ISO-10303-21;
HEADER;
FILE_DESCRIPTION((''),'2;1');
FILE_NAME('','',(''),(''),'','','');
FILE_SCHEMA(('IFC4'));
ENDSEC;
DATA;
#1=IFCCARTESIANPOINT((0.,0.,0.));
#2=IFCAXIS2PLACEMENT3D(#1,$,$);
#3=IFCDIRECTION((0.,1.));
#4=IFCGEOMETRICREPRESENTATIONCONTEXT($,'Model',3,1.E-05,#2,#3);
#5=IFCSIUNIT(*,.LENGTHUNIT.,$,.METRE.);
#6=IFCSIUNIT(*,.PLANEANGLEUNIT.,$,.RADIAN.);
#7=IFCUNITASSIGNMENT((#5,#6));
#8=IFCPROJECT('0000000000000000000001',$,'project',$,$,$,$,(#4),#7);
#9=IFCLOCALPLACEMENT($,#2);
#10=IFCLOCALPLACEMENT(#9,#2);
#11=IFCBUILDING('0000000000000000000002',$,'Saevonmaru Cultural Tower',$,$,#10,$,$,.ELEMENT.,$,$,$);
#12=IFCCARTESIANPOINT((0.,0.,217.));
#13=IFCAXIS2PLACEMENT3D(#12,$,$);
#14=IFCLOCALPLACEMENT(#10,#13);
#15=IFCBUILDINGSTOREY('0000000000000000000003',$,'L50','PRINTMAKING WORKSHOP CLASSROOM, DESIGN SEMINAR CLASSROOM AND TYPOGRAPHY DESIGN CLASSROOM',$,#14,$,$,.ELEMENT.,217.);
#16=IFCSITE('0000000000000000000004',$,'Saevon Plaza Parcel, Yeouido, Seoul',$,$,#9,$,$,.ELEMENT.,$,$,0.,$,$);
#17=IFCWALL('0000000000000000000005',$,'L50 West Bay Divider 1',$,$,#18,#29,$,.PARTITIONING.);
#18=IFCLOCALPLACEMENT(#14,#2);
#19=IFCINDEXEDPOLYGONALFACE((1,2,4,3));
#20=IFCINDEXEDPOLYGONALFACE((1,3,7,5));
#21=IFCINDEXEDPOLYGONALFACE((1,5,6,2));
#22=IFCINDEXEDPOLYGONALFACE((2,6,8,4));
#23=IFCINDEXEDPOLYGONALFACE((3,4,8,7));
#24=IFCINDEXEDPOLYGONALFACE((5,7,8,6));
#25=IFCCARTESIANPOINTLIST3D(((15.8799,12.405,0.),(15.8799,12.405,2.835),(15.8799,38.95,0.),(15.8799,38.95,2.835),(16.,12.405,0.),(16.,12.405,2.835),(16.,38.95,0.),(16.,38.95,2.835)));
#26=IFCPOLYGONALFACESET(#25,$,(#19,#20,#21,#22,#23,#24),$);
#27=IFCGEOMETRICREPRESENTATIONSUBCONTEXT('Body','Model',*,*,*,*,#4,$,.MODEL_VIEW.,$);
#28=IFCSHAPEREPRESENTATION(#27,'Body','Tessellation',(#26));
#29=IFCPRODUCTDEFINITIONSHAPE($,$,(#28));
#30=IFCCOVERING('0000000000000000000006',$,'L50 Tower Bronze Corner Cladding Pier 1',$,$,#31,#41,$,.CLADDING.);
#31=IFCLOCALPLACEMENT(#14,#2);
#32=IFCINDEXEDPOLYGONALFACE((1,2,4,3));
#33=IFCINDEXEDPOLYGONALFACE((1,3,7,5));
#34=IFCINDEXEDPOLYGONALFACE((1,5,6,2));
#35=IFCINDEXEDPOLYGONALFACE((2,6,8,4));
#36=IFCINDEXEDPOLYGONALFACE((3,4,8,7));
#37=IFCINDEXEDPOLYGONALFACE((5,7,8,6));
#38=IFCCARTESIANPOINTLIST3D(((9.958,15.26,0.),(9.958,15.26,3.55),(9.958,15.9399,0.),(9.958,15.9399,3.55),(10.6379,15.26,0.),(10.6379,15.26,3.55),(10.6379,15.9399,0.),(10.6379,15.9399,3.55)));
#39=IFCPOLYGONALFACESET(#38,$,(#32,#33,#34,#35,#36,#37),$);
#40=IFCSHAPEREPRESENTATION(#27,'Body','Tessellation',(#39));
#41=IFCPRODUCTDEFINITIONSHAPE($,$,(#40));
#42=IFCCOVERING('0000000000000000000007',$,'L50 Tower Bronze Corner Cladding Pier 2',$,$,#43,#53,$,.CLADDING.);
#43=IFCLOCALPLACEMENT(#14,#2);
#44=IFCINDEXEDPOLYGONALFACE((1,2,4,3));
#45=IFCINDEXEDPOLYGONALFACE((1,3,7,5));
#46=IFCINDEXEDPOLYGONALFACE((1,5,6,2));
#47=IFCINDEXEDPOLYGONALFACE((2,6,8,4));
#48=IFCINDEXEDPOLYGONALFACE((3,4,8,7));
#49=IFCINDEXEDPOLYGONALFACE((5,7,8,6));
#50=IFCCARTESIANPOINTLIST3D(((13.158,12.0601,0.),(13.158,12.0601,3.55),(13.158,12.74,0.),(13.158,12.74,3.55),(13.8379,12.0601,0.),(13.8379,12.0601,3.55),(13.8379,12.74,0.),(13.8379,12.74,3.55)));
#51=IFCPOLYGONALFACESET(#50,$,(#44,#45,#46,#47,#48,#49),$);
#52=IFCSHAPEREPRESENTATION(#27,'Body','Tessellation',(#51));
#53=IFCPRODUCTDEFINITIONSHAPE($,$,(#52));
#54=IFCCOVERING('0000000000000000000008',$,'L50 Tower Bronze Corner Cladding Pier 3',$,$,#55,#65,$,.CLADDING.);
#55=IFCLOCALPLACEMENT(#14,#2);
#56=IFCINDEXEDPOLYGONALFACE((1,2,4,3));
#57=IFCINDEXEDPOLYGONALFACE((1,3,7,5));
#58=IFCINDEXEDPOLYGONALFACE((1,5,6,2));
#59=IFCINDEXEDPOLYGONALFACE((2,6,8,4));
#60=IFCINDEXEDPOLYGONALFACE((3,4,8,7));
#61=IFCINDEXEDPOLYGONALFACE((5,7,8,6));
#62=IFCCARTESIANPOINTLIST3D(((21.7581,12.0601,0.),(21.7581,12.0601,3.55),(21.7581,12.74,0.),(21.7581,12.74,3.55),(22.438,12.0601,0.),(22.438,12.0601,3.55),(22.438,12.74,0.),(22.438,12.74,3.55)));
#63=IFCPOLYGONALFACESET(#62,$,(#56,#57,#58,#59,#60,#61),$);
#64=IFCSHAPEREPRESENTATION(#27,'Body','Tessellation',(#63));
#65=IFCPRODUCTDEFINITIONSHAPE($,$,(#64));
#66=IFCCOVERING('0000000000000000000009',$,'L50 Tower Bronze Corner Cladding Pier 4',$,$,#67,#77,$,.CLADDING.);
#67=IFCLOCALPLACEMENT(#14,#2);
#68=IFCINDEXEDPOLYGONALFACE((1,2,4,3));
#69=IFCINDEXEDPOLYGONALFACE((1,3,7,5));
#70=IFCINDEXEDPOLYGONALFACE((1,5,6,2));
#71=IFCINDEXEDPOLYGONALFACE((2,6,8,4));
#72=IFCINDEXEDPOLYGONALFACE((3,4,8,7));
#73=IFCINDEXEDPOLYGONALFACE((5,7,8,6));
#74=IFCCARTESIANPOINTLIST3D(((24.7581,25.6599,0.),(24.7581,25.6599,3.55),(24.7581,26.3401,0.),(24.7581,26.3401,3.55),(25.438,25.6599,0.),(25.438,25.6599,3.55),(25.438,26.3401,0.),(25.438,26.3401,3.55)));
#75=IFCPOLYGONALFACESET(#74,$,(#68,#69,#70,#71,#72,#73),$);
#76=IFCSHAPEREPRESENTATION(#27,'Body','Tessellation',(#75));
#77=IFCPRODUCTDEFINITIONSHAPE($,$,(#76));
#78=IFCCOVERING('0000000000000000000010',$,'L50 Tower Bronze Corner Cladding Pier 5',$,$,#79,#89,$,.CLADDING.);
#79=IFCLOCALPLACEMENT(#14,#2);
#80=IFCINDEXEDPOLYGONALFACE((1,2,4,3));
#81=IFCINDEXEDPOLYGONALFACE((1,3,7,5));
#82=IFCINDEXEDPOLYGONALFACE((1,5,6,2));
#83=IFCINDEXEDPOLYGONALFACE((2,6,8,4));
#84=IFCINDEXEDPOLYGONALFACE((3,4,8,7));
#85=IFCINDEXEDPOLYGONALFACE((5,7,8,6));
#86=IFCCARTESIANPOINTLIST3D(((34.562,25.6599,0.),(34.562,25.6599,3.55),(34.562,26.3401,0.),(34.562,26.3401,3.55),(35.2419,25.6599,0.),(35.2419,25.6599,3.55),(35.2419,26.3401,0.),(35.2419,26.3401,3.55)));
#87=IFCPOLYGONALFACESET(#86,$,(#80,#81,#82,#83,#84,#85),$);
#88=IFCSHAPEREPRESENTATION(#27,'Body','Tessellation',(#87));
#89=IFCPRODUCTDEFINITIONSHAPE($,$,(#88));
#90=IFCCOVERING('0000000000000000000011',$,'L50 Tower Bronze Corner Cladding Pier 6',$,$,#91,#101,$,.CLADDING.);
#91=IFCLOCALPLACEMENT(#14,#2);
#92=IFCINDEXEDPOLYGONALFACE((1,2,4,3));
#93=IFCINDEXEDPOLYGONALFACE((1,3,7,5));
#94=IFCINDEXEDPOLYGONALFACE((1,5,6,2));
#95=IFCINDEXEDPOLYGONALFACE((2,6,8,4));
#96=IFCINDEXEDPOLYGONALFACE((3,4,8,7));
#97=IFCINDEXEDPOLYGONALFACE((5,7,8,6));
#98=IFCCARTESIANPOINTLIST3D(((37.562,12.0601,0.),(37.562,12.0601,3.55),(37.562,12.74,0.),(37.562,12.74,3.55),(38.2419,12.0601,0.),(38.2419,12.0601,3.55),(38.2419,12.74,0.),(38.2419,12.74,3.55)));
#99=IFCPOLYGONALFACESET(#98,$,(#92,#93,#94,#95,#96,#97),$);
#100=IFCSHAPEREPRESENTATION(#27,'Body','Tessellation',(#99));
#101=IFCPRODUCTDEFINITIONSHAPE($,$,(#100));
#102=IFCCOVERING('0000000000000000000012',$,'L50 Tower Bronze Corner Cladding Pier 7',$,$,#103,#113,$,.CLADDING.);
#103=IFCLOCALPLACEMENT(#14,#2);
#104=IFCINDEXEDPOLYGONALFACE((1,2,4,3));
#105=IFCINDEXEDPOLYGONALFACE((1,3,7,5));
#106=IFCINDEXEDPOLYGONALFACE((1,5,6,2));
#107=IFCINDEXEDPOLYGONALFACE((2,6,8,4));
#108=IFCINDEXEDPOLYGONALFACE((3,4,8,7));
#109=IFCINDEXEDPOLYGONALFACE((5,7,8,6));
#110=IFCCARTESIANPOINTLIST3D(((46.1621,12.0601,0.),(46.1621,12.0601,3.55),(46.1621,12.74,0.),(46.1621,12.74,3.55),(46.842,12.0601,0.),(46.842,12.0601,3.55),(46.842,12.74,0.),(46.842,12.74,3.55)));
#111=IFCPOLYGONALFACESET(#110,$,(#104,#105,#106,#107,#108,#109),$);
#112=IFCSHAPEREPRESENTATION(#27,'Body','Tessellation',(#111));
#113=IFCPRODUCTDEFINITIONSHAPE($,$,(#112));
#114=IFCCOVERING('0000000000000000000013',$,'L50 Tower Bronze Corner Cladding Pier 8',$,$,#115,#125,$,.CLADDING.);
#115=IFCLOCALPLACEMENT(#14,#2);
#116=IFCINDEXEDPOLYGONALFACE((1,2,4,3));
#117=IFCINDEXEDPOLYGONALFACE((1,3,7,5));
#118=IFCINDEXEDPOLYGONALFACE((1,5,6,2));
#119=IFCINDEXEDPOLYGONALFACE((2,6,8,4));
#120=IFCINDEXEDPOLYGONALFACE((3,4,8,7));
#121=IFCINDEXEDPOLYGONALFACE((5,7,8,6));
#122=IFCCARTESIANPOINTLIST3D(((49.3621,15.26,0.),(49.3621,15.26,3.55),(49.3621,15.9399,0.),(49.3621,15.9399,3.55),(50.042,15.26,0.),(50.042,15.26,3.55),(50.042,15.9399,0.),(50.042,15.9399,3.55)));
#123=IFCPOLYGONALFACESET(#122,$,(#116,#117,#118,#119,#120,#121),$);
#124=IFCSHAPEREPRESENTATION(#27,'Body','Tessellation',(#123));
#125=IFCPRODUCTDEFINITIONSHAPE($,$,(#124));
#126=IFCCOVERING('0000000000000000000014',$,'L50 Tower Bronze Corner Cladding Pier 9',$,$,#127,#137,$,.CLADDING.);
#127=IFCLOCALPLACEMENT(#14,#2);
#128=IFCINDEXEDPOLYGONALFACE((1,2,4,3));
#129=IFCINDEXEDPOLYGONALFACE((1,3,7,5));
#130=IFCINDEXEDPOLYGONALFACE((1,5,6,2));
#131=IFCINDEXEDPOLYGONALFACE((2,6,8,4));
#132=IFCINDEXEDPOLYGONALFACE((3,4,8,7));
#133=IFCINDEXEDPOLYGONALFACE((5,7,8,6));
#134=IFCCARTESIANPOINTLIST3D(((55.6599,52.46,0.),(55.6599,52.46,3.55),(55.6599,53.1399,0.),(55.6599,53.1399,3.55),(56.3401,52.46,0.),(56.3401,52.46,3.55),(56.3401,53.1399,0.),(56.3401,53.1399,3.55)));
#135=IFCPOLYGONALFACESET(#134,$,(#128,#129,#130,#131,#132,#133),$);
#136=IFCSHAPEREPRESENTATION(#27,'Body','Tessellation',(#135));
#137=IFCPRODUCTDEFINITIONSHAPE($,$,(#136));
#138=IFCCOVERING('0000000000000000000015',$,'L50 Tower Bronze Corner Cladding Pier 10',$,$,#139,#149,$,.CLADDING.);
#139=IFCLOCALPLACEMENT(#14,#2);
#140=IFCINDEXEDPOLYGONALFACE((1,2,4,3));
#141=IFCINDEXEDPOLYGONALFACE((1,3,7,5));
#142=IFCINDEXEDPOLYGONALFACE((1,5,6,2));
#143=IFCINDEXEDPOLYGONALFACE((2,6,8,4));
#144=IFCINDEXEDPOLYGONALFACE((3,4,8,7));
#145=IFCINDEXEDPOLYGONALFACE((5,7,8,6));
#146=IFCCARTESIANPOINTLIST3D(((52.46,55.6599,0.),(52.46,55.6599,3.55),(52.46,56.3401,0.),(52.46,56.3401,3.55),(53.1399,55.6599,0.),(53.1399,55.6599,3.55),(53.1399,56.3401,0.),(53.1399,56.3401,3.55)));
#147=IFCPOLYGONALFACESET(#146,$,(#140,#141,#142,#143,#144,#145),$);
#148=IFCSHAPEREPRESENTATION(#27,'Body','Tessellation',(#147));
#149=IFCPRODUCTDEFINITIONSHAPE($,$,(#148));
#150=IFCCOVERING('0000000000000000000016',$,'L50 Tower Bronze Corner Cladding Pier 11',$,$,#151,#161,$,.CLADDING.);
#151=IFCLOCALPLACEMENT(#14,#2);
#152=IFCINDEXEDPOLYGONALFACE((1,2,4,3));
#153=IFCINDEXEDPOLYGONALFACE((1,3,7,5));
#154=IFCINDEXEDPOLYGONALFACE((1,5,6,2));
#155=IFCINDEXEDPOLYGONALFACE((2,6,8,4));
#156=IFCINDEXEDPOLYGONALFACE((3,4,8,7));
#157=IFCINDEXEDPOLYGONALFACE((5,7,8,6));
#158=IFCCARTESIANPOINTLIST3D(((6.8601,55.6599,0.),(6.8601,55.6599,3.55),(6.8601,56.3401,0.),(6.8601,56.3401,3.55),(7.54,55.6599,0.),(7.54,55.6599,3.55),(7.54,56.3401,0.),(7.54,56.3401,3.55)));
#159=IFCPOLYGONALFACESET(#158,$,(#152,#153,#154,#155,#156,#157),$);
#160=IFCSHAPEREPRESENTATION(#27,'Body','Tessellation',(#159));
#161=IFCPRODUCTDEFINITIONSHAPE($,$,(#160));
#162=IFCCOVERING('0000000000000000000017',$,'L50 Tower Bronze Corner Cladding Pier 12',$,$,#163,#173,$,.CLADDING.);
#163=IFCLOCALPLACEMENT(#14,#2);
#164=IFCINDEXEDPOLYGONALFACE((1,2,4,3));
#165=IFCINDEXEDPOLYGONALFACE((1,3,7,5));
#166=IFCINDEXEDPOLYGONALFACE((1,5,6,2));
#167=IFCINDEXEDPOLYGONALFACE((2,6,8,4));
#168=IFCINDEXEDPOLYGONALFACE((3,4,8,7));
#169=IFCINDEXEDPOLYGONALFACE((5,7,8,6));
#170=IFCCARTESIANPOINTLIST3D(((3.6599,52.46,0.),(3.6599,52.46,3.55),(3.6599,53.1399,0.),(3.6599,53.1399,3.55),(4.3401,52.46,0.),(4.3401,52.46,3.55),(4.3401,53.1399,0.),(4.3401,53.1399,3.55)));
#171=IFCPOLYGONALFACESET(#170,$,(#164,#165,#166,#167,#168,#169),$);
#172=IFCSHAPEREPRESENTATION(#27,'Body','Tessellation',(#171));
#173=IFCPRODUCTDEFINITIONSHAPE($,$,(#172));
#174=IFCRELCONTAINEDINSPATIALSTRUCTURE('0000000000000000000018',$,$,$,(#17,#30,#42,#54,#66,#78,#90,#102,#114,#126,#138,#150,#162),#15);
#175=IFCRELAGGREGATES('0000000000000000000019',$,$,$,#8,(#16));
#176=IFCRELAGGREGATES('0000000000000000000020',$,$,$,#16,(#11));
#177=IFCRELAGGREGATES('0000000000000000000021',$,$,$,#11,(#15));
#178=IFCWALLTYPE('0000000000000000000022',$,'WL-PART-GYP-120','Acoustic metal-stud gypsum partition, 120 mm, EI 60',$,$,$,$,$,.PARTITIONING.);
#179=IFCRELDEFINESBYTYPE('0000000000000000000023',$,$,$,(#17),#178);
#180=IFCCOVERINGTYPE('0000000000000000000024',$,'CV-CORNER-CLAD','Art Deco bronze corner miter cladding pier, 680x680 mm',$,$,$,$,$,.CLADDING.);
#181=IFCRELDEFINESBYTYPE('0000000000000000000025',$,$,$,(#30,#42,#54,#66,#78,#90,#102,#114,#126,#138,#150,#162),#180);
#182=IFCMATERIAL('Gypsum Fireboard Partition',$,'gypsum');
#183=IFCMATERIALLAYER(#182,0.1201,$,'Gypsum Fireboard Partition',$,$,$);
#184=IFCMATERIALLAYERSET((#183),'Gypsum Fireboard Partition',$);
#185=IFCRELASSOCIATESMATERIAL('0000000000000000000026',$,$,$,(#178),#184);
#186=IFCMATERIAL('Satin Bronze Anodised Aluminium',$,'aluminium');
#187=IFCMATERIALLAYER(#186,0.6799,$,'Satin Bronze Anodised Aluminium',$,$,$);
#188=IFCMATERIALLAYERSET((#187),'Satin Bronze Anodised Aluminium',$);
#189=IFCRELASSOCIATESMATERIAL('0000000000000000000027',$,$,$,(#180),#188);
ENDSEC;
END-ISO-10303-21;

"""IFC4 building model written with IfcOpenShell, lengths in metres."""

from ifc_helpers import new_model, si_unit, direction, frame, frame_2d, origin, place, context, subcontext, project, spatial, polyline, rectangle, outline, extrude, material, layer, layer_set, type_object, element, save


model = new_model("IFC4")

# Units and contexts
model_context = context("Model", 3, precision=1e-05, world=origin(), true_north=direction((0.0, 1.0)))
body_context = subcontext(model_context, "Body", "Model", "MODEL_VIEW")
ifc_project = project(units=[si_unit("LENGTHUNIT", "METRE"), si_unit("PLANEANGLEUNIT", "RADIAN")], contexts=[model_context])

# Site, building, storey
site_placement = place(None, origin())
site = spatial("IfcSite", under=ifc_project, at=site_placement, Name="Saevon Plaza Parcel, Yeouido, Seoul", CompositionType="ELEMENT", RefElevation=0.0)
building_placement = place(site_placement, origin())
building = spatial("IfcBuilding", under=site, at=building_placement, Name="Saevonmaru Cultural Tower", CompositionType="ELEMENT")
storey_placement = place(building_placement, frame((0.0, 0.0, 217.0)))
storey = spatial("IfcBuildingStorey", under=building, at=storey_placement, Name="L50", Description="PRINTMAKING WORKSHOP CLASSROOM, DESIGN SEMINAR CLASSROOM AND TYPOGRAPHY DESIGN CLASSROOM", CompositionType="ELEMENT", Elevation=217.0)

# Shared definitions
ifc_material_1 = material(Name="Satin Bronze Anodised Aluminium", Category="aluminium")

# Wall
ifc_material_2 = material(Name="Gypsum Fireboard Partition", Category="gypsum")
ifc_layer_1 = layer(ifc_material_2, 0.1201, Name="Gypsum Fireboard Partition")
ifc_layer_set_1 = layer_set([ifc_layer_1], Name="Gypsum Fireboard Partition")
wall_type_1 = type_object("IfcWallType", Name="WL-PART-GYP-120", Description="Acoustic metal-stud gypsum partition, 120 mm, EI 60", PredefinedType="PARTITIONING", material=ifc_layer_set_1)
wall_1_placement = place(storey_placement, frame((15.9399, 12.405, 0.0), z_axis=(0.0, 0.0, 1.0), x_axis=(0.0, 1.0, 0.0)))
element("IfcWall", 1, at=wall_1_placement, inside=storey, type_object=wall_type_1, Name="L50 West Bay Divider 1", PredefinedType="PARTITIONING", context=body_context, shape_type="SweptSolid", body=[
    extrude(rectangle(XDim=26.5449, YDim=0.1201, at=frame_2d((13.2725, 0.0))), origin(), (0.0, 0.0, 1.0), 2.835),
])

# Coverings
ifc_layer_2 = layer(ifc_material_1, 0.6799, Name="Satin Bronze Anodised Aluminium")
ifc_layer_set_2 = layer_set([ifc_layer_2], Name="Satin Bronze Anodised Aluminium")
covering_type = type_object("IfcCoveringType", Name="CV-CORNER-CLAD", Description="Art Deco bronze corner miter cladding pier, 680x680 mm", PredefinedType="CLADDING", material=ifc_layer_set_2)
covering_1_placement = place(storey_placement, origin())
element("IfcCovering", 2, at=covering_1_placement, inside=storey, type_object=covering_type, Name="L50 Tower Bronze Corner Cladding Pier 1", PredefinedType="CLADDING", context=body_context, shape_type="SweptSolid", body=[
    extrude(outline(polyline([(9.958, 15.26), (10.6379, 15.26), (10.6379, 15.9399), (9.958, 15.9399), (9.958, 15.26)])), origin(), (0.0, 0.0, 1.0), 3.55),
])
covering_2_placement = place(storey_placement, origin())
element("IfcCovering", 3, at=covering_2_placement, inside=storey, type_object=covering_type, Name="L50 Tower Bronze Corner Cladding Pier 2", PredefinedType="CLADDING", context=body_context, shape_type="SweptSolid", body=[
    extrude(outline(polyline([(13.158, 12.0601), (13.8379, 12.0601), (13.8379, 12.74), (13.158, 12.74), (13.158, 12.0601)])), origin(), (0.0, 0.0, 1.0), 3.55),
])
covering_3_placement = place(storey_placement, origin())
element("IfcCovering", 4, at=covering_3_placement, inside=storey, type_object=covering_type, Name="L50 Tower Bronze Corner Cladding Pier 3", PredefinedType="CLADDING", context=body_context, shape_type="SweptSolid", body=[
    extrude(outline(polyline([(21.7581, 12.0601), (22.438, 12.0601), (22.438, 12.74), (21.7581, 12.74), (21.7581, 12.0601)])), origin(), (0.0, 0.0, 1.0), 3.55),
])
covering_4_placement = place(storey_placement, origin())
element("IfcCovering", 5, at=covering_4_placement, inside=storey, type_object=covering_type, Name="L50 Tower Bronze Corner Cladding Pier 4", PredefinedType="CLADDING", context=body_context, shape_type="SweptSolid", body=[
    extrude(outline(polyline([(24.7581, 25.6599), (25.438, 25.6599), (25.438, 26.3401), (24.7581, 26.3401), (24.7581, 25.6599)])), origin(), (0.0, 0.0, 1.0), 3.55),
])
covering_5_placement = place(storey_placement, origin())
element("IfcCovering", 6, at=covering_5_placement, inside=storey, type_object=covering_type, Name="L50 Tower Bronze Corner Cladding Pier 5", PredefinedType="CLADDING", context=body_context, shape_type="SweptSolid", body=[
    extrude(outline(polyline([(34.562, 25.6599), (35.2419, 25.6599), (35.2419, 26.3401), (34.562, 26.3401), (34.562, 25.6599)])), origin(), (0.0, 0.0, 1.0), 3.55),
])
covering_6_placement = place(storey_placement, origin())
element("IfcCovering", 7, at=covering_6_placement, inside=storey, type_object=covering_type, Name="L50 Tower Bronze Corner Cladding Pier 6", PredefinedType="CLADDING", context=body_context, shape_type="SweptSolid", body=[
    extrude(outline(polyline([(37.562, 12.0601), (38.2419, 12.0601), (38.2419, 12.74), (37.562, 12.74), (37.562, 12.0601)])), origin(), (0.0, 0.0, 1.0), 3.55),
])
covering_7_placement = place(storey_placement, origin())
element("IfcCovering", 8, at=covering_7_placement, inside=storey, type_object=covering_type, Name="L50 Tower Bronze Corner Cladding Pier 7", PredefinedType="CLADDING", context=body_context, shape_type="SweptSolid", body=[
    extrude(outline(polyline([(46.1621, 12.0601), (46.842, 12.0601), (46.842, 12.74), (46.1621, 12.74), (46.1621, 12.0601)])), origin(), (0.0, 0.0, 1.0), 3.55),
])
covering_8_placement = place(storey_placement, origin())
element("IfcCovering", 9, at=covering_8_placement, inside=storey, type_object=covering_type, Name="L50 Tower Bronze Corner Cladding Pier 8", PredefinedType="CLADDING", context=body_context, shape_type="SweptSolid", body=[
    extrude(outline(polyline([(49.3621, 15.26), (50.042, 15.26), (50.042, 15.9399), (49.3621, 15.9399), (49.3621, 15.26)])), origin(), (0.0, 0.0, 1.0), 3.55),
])
covering_9_placement = place(storey_placement, origin())
element("IfcCovering", 10, at=covering_9_placement, inside=storey, type_object=covering_type, Name="L50 Tower Bronze Corner Cladding Pier 9", PredefinedType="CLADDING", context=body_context, shape_type="SweptSolid", body=[
    extrude(outline(polyline([(55.6599, 52.46), (56.3401, 52.46), (56.3401, 53.1399), (55.6599, 53.1399), (55.6599, 52.46)])), origin(), (0.0, 0.0, 1.0), 3.55),
])
covering_10_placement = place(storey_placement, origin())
element("IfcCovering", 11, at=covering_10_placement, inside=storey, type_object=covering_type, Name="L50 Tower Bronze Corner Cladding Pier 10", PredefinedType="CLADDING", context=body_context, shape_type="SweptSolid", body=[
    extrude(outline(polyline([(52.46, 55.6599), (53.1399, 55.6599), (53.1399, 56.3401), (52.46, 56.3401), (52.46, 55.6599)])), origin(), (0.0, 0.0, 1.0), 3.55),
])
covering_11_placement = place(storey_placement, origin())
element("IfcCovering", 12, at=covering_11_placement, inside=storey, type_object=covering_type, Name="L50 Tower Bronze Corner Cladding Pier 11", PredefinedType="CLADDING", context=body_context, shape_type="SweptSolid", body=[
    extrude(outline(polyline([(6.8601, 55.6599), (7.54, 55.6599), (7.54, 56.3401), (6.8601, 56.3401), (6.8601, 55.6599)])), origin(), (0.0, 0.0, 1.0), 3.55),
])
covering_12_placement = place(storey_placement, origin())
element("IfcCovering", 13, at=covering_12_placement, inside=storey, type_object=covering_type, Name="L50 Tower Bronze Corner Cladding Pier 12", PredefinedType="CLADDING", context=body_context, shape_type="SweptSolid", body=[
    extrude(outline(polyline([(3.6599, 52.46), (4.3401, 52.46), (4.3401, 53.1399), (3.6599, 53.1399), (3.6599, 52.46)])), origin(), (0.0, 0.0, 1.0), 3.55),
])

save(model, "model.ifc")
